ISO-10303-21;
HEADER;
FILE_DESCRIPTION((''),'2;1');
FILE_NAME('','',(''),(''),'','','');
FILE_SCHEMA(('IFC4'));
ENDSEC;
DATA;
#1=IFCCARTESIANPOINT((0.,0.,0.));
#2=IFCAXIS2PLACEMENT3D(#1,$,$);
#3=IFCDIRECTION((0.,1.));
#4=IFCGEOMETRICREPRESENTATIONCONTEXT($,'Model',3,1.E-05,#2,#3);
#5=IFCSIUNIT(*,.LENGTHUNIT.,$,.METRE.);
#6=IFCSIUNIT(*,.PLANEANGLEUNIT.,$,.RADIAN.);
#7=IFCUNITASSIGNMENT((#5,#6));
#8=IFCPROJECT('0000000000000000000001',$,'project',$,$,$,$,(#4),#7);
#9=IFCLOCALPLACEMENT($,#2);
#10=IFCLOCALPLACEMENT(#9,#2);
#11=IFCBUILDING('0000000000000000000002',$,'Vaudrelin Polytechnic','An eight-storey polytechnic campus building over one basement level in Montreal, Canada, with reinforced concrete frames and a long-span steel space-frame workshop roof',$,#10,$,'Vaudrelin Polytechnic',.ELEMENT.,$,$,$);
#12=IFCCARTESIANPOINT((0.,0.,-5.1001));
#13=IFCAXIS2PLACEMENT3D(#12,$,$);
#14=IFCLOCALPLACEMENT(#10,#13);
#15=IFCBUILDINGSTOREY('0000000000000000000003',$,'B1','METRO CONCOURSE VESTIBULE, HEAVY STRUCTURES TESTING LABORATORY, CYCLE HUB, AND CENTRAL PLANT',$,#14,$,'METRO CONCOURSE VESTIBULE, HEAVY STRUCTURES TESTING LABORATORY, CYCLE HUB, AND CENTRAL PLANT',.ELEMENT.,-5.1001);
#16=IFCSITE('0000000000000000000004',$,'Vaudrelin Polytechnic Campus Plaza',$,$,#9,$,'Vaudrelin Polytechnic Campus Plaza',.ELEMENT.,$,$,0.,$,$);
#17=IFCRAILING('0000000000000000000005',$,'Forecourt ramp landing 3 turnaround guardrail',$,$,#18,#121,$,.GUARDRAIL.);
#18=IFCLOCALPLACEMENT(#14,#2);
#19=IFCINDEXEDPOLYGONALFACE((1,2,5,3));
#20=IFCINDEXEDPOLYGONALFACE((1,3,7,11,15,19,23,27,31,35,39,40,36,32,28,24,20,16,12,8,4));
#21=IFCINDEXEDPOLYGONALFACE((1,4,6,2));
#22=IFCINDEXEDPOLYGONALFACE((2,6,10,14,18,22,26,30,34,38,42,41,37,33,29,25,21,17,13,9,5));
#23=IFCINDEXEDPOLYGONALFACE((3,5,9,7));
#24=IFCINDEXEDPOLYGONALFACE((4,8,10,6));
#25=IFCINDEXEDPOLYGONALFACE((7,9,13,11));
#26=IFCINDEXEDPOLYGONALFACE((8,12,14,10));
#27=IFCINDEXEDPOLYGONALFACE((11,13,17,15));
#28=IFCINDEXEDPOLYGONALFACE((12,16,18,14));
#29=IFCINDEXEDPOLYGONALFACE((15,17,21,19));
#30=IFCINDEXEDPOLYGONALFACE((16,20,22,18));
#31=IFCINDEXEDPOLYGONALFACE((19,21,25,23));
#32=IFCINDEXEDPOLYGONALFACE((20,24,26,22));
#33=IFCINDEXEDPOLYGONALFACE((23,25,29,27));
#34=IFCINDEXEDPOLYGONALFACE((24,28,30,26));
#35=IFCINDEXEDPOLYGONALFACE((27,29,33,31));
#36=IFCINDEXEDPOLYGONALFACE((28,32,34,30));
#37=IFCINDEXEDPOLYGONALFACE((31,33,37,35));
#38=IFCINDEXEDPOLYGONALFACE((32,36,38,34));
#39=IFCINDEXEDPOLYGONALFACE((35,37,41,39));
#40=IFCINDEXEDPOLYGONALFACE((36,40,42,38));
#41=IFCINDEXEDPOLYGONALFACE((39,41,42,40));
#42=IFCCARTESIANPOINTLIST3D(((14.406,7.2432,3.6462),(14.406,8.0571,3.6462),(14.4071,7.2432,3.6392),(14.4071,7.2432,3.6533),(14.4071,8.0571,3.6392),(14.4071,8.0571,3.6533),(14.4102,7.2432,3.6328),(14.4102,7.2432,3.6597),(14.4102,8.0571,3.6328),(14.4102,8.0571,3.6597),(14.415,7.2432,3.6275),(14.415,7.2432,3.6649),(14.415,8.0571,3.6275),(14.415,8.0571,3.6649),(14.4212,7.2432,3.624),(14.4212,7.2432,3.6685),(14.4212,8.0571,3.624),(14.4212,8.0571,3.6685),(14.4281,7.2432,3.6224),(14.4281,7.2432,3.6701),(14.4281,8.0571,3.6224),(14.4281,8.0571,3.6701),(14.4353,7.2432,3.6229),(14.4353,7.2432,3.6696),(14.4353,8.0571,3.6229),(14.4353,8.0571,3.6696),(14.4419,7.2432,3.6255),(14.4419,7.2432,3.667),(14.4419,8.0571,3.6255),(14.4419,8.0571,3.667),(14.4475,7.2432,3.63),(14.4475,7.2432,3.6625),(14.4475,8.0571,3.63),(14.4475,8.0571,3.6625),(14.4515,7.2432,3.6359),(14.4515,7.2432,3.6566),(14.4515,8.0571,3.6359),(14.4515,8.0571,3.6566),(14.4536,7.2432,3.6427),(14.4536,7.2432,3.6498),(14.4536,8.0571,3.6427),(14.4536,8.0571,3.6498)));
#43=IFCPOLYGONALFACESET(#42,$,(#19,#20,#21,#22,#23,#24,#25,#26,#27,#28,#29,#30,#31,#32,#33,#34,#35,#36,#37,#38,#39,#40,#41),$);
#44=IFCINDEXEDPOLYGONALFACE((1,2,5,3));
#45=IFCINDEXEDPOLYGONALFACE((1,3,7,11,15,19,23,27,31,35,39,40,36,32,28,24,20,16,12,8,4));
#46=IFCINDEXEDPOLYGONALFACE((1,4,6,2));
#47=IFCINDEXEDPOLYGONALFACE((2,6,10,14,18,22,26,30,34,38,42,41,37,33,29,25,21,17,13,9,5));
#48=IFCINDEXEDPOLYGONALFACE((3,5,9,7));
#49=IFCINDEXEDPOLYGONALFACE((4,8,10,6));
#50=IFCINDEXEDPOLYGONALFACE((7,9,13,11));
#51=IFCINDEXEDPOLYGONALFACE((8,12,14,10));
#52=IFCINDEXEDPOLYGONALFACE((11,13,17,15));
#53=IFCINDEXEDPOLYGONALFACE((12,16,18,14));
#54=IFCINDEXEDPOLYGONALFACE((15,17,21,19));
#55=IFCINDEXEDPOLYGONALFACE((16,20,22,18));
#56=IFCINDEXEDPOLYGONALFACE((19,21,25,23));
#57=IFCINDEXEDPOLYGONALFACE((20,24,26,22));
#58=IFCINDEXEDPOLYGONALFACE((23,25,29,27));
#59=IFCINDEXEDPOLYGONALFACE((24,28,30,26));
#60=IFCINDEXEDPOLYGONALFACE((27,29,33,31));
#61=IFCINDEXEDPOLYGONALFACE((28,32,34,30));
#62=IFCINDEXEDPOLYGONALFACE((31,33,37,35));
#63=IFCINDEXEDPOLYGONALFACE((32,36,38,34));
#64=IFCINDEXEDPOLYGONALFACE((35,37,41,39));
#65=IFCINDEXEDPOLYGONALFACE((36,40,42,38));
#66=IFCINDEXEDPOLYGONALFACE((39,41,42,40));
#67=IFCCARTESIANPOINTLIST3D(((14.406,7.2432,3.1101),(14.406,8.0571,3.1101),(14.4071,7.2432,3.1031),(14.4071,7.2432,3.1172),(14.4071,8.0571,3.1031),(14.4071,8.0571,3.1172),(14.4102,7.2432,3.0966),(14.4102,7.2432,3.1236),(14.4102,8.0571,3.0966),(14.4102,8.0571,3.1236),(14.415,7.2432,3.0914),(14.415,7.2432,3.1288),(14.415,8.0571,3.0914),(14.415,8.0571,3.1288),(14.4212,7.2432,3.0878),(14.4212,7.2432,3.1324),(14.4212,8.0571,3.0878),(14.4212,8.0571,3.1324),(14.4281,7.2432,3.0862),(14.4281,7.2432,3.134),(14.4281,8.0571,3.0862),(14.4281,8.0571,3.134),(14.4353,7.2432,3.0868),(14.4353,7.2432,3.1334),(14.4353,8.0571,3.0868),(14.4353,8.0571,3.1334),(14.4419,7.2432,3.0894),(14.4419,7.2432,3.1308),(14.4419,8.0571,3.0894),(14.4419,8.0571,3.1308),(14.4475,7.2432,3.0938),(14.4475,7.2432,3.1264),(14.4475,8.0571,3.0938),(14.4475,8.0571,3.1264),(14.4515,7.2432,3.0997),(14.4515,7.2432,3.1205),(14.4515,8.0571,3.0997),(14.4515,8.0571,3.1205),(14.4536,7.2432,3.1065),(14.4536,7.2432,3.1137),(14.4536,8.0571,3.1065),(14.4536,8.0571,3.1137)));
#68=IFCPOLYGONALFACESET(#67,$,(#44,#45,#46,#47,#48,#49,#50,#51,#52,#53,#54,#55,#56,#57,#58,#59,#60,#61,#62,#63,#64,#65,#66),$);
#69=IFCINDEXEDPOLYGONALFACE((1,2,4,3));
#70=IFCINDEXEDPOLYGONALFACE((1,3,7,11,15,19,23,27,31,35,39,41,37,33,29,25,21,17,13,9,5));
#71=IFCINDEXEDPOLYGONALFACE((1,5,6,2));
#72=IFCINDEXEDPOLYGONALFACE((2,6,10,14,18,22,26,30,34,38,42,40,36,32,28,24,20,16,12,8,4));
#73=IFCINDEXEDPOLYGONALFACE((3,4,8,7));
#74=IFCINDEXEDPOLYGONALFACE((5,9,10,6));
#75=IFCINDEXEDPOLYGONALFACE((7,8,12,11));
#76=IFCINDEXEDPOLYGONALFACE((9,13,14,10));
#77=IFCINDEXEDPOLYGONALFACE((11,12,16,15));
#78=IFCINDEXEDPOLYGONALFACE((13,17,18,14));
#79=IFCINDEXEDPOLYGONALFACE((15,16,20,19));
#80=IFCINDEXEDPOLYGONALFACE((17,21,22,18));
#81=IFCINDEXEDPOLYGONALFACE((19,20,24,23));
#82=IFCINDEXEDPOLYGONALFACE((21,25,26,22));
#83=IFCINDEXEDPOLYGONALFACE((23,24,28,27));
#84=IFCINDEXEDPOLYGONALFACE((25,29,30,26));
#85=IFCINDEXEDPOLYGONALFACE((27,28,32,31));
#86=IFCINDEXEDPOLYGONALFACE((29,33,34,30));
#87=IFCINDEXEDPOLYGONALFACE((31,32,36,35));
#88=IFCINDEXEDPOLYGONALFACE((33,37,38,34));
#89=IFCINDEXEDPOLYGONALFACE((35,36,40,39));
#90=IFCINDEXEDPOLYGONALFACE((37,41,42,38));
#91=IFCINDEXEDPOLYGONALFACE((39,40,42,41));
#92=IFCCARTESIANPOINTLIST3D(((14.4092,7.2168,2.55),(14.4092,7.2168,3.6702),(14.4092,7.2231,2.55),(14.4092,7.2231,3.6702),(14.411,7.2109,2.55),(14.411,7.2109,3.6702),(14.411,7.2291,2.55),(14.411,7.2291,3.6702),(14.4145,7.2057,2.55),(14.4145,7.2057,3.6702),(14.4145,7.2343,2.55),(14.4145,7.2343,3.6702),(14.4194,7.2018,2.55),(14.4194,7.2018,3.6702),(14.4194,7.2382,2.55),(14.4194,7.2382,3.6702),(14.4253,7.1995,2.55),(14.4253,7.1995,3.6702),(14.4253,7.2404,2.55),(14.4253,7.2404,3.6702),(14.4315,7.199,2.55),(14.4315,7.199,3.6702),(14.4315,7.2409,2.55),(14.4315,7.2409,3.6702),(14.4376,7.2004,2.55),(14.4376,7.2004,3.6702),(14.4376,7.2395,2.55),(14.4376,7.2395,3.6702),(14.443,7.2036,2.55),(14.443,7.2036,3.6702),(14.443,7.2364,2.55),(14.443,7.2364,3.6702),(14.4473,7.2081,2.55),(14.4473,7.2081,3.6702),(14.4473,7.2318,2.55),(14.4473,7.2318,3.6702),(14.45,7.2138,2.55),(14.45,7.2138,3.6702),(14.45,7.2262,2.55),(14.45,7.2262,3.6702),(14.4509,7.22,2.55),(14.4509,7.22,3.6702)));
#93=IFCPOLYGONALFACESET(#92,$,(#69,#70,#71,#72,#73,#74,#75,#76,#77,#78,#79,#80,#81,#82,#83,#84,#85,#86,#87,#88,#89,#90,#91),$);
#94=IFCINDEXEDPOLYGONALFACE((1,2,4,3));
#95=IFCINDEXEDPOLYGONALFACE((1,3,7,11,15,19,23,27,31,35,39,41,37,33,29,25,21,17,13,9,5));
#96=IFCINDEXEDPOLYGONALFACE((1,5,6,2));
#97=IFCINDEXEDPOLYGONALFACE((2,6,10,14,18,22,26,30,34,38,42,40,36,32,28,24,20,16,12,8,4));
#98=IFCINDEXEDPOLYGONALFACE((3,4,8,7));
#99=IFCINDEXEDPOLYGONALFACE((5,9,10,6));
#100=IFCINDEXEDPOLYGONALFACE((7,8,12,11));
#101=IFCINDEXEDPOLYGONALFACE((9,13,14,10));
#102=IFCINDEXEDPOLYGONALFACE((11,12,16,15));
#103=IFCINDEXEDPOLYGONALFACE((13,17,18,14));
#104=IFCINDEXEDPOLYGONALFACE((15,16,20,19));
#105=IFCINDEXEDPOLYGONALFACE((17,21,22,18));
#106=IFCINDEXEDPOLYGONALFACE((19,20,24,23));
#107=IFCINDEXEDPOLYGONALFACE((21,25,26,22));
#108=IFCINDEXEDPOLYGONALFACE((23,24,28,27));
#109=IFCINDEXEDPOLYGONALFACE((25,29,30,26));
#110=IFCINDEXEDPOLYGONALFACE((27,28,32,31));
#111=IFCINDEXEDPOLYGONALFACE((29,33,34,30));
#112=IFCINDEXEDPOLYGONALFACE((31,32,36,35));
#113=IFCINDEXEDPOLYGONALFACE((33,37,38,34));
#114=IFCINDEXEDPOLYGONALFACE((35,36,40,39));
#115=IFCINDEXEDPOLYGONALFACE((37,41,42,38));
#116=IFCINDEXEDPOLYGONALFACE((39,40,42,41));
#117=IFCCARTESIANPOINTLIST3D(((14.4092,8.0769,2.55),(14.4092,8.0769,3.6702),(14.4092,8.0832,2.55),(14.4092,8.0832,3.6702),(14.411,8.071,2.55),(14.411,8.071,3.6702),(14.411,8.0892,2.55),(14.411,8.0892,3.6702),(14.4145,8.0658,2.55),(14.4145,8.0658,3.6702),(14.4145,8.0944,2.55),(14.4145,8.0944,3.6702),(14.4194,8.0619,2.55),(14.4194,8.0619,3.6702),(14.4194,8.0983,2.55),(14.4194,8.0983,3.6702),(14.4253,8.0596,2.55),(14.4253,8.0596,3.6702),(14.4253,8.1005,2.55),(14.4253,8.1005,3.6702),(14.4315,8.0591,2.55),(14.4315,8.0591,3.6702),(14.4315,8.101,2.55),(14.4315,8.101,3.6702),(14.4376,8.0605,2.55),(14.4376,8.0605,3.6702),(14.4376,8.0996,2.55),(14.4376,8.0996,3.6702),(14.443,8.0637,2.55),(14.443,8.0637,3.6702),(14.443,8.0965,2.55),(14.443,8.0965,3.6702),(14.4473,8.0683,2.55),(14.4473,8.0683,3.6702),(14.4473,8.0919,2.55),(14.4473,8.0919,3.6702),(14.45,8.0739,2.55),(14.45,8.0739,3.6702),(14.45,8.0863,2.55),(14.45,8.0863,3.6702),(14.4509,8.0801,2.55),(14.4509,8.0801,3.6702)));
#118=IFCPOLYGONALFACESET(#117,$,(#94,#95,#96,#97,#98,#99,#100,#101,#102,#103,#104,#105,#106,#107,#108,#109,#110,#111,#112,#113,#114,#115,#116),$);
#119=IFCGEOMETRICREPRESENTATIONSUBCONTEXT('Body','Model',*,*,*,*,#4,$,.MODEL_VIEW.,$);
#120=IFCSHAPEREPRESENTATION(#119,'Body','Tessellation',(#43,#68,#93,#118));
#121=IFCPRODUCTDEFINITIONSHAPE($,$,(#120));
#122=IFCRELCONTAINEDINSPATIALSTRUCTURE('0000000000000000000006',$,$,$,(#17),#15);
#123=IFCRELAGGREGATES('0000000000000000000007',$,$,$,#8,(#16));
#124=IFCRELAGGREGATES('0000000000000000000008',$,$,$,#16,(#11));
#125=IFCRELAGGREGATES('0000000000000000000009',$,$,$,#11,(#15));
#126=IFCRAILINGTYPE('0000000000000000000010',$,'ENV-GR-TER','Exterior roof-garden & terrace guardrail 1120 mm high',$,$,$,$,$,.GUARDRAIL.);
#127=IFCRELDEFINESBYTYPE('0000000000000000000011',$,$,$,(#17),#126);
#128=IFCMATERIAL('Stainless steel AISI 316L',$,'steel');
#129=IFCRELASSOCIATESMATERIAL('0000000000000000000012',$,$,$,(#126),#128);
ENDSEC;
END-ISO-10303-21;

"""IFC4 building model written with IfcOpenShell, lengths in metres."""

from ifc_helpers import new_model, si_unit, direction, frame, origin, origin_2d, place, context, subcontext, project, spatial, circle, extrude, material, type_object, element, save


model = new_model("IFC4")

# Units and contexts
model_context = context("Model", 3, precision=1e-05, world=origin(), true_north=direction((0.0, 1.0)))
body_context = subcontext(model_context, "Body", "Model", "MODEL_VIEW")
ifc_project = project(units=[si_unit("LENGTHUNIT", "METRE"), si_unit("PLANEANGLEUNIT", "RADIAN")], contexts=[model_context])

# Site, building, storey
site_placement = place(None, origin())
site = spatial("IfcSite", under=ifc_project, at=site_placement, Name="Vaudrelin Polytechnic Campus Plaza", LongName="Vaudrelin Polytechnic Campus Plaza", CompositionType="ELEMENT", RefElevation=0.0)
building_placement = place(site_placement, origin())
building = spatial("IfcBuilding", under=site, at=building_placement, Name="Vaudrelin Polytechnic", Description="An eight-storey polytechnic campus building over one basement level in Montreal, Canada, with reinforced concrete frames and a long-span steel space-frame workshop roof", LongName="Vaudrelin Polytechnic", CompositionType="ELEMENT")
storey_placement = place(building_placement, frame((0.0, 0.0, -5.1001)))
storey = spatial("IfcBuildingStorey", under=building, at=storey_placement, Name="B1", Description="METRO CONCOURSE VESTIBULE, HEAVY STRUCTURES TESTING LABORATORY, CYCLE HUB, AND CENTRAL PLANT", LongName="METRO CONCOURSE VESTIBULE, HEAVY STRUCTURES TESTING LABORATORY, CYCLE HUB, AND CENTRAL PLANT", CompositionType="ELEMENT", Elevation=-5.1001)

# Railing
ifc_material_1 = material(Name="Stainless steel AISI 316L", Category="steel")
railing_type = type_object("IfcRailingType", Name="ENV-GR-TER", Description="Exterior roof-garden & terrace guardrail 1120 mm high", PredefinedType="GUARDRAIL", material=ifc_material_1)
railing_1_placement = place(storey_placement, frame((14.4299, 7.22, 2.55)))
element("IfcRailing", 1, at=railing_1_placement, inside=storey, type_object=railing_type, Name="Forecourt ramp landing 3 turnaround guardrail", PredefinedType="GUARDRAIL", context=body_context, shape_type="SweptSolid", body=[
    extrude(circle(Radius=0.0239, at=origin_2d()), frame((0.0, 0.0232, 1.0962), z_axis=(0.0, 1.0, 0.0), x_axis=(-1.0, 0.0, 0.0)), (0.0, 0.0, 1.0), 0.814),
    extrude(circle(Radius=0.0239, at=origin_2d()), frame((0.0, 0.0232, 0.5601), z_axis=(0.0, 1.0, 0.0), x_axis=(-1.0, 0.0, 0.0)), (0.0, 0.0, 1.0), 0.814),
    extrude(circle(Radius=0.021, at=origin_2d()), origin(), (0.0, 0.0, 1.0), 1.1201),
    extrude(circle(Radius=0.021, at=origin_2d()), frame((0.0, 0.8601, 0.0)), (0.0, 0.0, 1.0), 1.1201),
])

save(model, "model.ifc")
